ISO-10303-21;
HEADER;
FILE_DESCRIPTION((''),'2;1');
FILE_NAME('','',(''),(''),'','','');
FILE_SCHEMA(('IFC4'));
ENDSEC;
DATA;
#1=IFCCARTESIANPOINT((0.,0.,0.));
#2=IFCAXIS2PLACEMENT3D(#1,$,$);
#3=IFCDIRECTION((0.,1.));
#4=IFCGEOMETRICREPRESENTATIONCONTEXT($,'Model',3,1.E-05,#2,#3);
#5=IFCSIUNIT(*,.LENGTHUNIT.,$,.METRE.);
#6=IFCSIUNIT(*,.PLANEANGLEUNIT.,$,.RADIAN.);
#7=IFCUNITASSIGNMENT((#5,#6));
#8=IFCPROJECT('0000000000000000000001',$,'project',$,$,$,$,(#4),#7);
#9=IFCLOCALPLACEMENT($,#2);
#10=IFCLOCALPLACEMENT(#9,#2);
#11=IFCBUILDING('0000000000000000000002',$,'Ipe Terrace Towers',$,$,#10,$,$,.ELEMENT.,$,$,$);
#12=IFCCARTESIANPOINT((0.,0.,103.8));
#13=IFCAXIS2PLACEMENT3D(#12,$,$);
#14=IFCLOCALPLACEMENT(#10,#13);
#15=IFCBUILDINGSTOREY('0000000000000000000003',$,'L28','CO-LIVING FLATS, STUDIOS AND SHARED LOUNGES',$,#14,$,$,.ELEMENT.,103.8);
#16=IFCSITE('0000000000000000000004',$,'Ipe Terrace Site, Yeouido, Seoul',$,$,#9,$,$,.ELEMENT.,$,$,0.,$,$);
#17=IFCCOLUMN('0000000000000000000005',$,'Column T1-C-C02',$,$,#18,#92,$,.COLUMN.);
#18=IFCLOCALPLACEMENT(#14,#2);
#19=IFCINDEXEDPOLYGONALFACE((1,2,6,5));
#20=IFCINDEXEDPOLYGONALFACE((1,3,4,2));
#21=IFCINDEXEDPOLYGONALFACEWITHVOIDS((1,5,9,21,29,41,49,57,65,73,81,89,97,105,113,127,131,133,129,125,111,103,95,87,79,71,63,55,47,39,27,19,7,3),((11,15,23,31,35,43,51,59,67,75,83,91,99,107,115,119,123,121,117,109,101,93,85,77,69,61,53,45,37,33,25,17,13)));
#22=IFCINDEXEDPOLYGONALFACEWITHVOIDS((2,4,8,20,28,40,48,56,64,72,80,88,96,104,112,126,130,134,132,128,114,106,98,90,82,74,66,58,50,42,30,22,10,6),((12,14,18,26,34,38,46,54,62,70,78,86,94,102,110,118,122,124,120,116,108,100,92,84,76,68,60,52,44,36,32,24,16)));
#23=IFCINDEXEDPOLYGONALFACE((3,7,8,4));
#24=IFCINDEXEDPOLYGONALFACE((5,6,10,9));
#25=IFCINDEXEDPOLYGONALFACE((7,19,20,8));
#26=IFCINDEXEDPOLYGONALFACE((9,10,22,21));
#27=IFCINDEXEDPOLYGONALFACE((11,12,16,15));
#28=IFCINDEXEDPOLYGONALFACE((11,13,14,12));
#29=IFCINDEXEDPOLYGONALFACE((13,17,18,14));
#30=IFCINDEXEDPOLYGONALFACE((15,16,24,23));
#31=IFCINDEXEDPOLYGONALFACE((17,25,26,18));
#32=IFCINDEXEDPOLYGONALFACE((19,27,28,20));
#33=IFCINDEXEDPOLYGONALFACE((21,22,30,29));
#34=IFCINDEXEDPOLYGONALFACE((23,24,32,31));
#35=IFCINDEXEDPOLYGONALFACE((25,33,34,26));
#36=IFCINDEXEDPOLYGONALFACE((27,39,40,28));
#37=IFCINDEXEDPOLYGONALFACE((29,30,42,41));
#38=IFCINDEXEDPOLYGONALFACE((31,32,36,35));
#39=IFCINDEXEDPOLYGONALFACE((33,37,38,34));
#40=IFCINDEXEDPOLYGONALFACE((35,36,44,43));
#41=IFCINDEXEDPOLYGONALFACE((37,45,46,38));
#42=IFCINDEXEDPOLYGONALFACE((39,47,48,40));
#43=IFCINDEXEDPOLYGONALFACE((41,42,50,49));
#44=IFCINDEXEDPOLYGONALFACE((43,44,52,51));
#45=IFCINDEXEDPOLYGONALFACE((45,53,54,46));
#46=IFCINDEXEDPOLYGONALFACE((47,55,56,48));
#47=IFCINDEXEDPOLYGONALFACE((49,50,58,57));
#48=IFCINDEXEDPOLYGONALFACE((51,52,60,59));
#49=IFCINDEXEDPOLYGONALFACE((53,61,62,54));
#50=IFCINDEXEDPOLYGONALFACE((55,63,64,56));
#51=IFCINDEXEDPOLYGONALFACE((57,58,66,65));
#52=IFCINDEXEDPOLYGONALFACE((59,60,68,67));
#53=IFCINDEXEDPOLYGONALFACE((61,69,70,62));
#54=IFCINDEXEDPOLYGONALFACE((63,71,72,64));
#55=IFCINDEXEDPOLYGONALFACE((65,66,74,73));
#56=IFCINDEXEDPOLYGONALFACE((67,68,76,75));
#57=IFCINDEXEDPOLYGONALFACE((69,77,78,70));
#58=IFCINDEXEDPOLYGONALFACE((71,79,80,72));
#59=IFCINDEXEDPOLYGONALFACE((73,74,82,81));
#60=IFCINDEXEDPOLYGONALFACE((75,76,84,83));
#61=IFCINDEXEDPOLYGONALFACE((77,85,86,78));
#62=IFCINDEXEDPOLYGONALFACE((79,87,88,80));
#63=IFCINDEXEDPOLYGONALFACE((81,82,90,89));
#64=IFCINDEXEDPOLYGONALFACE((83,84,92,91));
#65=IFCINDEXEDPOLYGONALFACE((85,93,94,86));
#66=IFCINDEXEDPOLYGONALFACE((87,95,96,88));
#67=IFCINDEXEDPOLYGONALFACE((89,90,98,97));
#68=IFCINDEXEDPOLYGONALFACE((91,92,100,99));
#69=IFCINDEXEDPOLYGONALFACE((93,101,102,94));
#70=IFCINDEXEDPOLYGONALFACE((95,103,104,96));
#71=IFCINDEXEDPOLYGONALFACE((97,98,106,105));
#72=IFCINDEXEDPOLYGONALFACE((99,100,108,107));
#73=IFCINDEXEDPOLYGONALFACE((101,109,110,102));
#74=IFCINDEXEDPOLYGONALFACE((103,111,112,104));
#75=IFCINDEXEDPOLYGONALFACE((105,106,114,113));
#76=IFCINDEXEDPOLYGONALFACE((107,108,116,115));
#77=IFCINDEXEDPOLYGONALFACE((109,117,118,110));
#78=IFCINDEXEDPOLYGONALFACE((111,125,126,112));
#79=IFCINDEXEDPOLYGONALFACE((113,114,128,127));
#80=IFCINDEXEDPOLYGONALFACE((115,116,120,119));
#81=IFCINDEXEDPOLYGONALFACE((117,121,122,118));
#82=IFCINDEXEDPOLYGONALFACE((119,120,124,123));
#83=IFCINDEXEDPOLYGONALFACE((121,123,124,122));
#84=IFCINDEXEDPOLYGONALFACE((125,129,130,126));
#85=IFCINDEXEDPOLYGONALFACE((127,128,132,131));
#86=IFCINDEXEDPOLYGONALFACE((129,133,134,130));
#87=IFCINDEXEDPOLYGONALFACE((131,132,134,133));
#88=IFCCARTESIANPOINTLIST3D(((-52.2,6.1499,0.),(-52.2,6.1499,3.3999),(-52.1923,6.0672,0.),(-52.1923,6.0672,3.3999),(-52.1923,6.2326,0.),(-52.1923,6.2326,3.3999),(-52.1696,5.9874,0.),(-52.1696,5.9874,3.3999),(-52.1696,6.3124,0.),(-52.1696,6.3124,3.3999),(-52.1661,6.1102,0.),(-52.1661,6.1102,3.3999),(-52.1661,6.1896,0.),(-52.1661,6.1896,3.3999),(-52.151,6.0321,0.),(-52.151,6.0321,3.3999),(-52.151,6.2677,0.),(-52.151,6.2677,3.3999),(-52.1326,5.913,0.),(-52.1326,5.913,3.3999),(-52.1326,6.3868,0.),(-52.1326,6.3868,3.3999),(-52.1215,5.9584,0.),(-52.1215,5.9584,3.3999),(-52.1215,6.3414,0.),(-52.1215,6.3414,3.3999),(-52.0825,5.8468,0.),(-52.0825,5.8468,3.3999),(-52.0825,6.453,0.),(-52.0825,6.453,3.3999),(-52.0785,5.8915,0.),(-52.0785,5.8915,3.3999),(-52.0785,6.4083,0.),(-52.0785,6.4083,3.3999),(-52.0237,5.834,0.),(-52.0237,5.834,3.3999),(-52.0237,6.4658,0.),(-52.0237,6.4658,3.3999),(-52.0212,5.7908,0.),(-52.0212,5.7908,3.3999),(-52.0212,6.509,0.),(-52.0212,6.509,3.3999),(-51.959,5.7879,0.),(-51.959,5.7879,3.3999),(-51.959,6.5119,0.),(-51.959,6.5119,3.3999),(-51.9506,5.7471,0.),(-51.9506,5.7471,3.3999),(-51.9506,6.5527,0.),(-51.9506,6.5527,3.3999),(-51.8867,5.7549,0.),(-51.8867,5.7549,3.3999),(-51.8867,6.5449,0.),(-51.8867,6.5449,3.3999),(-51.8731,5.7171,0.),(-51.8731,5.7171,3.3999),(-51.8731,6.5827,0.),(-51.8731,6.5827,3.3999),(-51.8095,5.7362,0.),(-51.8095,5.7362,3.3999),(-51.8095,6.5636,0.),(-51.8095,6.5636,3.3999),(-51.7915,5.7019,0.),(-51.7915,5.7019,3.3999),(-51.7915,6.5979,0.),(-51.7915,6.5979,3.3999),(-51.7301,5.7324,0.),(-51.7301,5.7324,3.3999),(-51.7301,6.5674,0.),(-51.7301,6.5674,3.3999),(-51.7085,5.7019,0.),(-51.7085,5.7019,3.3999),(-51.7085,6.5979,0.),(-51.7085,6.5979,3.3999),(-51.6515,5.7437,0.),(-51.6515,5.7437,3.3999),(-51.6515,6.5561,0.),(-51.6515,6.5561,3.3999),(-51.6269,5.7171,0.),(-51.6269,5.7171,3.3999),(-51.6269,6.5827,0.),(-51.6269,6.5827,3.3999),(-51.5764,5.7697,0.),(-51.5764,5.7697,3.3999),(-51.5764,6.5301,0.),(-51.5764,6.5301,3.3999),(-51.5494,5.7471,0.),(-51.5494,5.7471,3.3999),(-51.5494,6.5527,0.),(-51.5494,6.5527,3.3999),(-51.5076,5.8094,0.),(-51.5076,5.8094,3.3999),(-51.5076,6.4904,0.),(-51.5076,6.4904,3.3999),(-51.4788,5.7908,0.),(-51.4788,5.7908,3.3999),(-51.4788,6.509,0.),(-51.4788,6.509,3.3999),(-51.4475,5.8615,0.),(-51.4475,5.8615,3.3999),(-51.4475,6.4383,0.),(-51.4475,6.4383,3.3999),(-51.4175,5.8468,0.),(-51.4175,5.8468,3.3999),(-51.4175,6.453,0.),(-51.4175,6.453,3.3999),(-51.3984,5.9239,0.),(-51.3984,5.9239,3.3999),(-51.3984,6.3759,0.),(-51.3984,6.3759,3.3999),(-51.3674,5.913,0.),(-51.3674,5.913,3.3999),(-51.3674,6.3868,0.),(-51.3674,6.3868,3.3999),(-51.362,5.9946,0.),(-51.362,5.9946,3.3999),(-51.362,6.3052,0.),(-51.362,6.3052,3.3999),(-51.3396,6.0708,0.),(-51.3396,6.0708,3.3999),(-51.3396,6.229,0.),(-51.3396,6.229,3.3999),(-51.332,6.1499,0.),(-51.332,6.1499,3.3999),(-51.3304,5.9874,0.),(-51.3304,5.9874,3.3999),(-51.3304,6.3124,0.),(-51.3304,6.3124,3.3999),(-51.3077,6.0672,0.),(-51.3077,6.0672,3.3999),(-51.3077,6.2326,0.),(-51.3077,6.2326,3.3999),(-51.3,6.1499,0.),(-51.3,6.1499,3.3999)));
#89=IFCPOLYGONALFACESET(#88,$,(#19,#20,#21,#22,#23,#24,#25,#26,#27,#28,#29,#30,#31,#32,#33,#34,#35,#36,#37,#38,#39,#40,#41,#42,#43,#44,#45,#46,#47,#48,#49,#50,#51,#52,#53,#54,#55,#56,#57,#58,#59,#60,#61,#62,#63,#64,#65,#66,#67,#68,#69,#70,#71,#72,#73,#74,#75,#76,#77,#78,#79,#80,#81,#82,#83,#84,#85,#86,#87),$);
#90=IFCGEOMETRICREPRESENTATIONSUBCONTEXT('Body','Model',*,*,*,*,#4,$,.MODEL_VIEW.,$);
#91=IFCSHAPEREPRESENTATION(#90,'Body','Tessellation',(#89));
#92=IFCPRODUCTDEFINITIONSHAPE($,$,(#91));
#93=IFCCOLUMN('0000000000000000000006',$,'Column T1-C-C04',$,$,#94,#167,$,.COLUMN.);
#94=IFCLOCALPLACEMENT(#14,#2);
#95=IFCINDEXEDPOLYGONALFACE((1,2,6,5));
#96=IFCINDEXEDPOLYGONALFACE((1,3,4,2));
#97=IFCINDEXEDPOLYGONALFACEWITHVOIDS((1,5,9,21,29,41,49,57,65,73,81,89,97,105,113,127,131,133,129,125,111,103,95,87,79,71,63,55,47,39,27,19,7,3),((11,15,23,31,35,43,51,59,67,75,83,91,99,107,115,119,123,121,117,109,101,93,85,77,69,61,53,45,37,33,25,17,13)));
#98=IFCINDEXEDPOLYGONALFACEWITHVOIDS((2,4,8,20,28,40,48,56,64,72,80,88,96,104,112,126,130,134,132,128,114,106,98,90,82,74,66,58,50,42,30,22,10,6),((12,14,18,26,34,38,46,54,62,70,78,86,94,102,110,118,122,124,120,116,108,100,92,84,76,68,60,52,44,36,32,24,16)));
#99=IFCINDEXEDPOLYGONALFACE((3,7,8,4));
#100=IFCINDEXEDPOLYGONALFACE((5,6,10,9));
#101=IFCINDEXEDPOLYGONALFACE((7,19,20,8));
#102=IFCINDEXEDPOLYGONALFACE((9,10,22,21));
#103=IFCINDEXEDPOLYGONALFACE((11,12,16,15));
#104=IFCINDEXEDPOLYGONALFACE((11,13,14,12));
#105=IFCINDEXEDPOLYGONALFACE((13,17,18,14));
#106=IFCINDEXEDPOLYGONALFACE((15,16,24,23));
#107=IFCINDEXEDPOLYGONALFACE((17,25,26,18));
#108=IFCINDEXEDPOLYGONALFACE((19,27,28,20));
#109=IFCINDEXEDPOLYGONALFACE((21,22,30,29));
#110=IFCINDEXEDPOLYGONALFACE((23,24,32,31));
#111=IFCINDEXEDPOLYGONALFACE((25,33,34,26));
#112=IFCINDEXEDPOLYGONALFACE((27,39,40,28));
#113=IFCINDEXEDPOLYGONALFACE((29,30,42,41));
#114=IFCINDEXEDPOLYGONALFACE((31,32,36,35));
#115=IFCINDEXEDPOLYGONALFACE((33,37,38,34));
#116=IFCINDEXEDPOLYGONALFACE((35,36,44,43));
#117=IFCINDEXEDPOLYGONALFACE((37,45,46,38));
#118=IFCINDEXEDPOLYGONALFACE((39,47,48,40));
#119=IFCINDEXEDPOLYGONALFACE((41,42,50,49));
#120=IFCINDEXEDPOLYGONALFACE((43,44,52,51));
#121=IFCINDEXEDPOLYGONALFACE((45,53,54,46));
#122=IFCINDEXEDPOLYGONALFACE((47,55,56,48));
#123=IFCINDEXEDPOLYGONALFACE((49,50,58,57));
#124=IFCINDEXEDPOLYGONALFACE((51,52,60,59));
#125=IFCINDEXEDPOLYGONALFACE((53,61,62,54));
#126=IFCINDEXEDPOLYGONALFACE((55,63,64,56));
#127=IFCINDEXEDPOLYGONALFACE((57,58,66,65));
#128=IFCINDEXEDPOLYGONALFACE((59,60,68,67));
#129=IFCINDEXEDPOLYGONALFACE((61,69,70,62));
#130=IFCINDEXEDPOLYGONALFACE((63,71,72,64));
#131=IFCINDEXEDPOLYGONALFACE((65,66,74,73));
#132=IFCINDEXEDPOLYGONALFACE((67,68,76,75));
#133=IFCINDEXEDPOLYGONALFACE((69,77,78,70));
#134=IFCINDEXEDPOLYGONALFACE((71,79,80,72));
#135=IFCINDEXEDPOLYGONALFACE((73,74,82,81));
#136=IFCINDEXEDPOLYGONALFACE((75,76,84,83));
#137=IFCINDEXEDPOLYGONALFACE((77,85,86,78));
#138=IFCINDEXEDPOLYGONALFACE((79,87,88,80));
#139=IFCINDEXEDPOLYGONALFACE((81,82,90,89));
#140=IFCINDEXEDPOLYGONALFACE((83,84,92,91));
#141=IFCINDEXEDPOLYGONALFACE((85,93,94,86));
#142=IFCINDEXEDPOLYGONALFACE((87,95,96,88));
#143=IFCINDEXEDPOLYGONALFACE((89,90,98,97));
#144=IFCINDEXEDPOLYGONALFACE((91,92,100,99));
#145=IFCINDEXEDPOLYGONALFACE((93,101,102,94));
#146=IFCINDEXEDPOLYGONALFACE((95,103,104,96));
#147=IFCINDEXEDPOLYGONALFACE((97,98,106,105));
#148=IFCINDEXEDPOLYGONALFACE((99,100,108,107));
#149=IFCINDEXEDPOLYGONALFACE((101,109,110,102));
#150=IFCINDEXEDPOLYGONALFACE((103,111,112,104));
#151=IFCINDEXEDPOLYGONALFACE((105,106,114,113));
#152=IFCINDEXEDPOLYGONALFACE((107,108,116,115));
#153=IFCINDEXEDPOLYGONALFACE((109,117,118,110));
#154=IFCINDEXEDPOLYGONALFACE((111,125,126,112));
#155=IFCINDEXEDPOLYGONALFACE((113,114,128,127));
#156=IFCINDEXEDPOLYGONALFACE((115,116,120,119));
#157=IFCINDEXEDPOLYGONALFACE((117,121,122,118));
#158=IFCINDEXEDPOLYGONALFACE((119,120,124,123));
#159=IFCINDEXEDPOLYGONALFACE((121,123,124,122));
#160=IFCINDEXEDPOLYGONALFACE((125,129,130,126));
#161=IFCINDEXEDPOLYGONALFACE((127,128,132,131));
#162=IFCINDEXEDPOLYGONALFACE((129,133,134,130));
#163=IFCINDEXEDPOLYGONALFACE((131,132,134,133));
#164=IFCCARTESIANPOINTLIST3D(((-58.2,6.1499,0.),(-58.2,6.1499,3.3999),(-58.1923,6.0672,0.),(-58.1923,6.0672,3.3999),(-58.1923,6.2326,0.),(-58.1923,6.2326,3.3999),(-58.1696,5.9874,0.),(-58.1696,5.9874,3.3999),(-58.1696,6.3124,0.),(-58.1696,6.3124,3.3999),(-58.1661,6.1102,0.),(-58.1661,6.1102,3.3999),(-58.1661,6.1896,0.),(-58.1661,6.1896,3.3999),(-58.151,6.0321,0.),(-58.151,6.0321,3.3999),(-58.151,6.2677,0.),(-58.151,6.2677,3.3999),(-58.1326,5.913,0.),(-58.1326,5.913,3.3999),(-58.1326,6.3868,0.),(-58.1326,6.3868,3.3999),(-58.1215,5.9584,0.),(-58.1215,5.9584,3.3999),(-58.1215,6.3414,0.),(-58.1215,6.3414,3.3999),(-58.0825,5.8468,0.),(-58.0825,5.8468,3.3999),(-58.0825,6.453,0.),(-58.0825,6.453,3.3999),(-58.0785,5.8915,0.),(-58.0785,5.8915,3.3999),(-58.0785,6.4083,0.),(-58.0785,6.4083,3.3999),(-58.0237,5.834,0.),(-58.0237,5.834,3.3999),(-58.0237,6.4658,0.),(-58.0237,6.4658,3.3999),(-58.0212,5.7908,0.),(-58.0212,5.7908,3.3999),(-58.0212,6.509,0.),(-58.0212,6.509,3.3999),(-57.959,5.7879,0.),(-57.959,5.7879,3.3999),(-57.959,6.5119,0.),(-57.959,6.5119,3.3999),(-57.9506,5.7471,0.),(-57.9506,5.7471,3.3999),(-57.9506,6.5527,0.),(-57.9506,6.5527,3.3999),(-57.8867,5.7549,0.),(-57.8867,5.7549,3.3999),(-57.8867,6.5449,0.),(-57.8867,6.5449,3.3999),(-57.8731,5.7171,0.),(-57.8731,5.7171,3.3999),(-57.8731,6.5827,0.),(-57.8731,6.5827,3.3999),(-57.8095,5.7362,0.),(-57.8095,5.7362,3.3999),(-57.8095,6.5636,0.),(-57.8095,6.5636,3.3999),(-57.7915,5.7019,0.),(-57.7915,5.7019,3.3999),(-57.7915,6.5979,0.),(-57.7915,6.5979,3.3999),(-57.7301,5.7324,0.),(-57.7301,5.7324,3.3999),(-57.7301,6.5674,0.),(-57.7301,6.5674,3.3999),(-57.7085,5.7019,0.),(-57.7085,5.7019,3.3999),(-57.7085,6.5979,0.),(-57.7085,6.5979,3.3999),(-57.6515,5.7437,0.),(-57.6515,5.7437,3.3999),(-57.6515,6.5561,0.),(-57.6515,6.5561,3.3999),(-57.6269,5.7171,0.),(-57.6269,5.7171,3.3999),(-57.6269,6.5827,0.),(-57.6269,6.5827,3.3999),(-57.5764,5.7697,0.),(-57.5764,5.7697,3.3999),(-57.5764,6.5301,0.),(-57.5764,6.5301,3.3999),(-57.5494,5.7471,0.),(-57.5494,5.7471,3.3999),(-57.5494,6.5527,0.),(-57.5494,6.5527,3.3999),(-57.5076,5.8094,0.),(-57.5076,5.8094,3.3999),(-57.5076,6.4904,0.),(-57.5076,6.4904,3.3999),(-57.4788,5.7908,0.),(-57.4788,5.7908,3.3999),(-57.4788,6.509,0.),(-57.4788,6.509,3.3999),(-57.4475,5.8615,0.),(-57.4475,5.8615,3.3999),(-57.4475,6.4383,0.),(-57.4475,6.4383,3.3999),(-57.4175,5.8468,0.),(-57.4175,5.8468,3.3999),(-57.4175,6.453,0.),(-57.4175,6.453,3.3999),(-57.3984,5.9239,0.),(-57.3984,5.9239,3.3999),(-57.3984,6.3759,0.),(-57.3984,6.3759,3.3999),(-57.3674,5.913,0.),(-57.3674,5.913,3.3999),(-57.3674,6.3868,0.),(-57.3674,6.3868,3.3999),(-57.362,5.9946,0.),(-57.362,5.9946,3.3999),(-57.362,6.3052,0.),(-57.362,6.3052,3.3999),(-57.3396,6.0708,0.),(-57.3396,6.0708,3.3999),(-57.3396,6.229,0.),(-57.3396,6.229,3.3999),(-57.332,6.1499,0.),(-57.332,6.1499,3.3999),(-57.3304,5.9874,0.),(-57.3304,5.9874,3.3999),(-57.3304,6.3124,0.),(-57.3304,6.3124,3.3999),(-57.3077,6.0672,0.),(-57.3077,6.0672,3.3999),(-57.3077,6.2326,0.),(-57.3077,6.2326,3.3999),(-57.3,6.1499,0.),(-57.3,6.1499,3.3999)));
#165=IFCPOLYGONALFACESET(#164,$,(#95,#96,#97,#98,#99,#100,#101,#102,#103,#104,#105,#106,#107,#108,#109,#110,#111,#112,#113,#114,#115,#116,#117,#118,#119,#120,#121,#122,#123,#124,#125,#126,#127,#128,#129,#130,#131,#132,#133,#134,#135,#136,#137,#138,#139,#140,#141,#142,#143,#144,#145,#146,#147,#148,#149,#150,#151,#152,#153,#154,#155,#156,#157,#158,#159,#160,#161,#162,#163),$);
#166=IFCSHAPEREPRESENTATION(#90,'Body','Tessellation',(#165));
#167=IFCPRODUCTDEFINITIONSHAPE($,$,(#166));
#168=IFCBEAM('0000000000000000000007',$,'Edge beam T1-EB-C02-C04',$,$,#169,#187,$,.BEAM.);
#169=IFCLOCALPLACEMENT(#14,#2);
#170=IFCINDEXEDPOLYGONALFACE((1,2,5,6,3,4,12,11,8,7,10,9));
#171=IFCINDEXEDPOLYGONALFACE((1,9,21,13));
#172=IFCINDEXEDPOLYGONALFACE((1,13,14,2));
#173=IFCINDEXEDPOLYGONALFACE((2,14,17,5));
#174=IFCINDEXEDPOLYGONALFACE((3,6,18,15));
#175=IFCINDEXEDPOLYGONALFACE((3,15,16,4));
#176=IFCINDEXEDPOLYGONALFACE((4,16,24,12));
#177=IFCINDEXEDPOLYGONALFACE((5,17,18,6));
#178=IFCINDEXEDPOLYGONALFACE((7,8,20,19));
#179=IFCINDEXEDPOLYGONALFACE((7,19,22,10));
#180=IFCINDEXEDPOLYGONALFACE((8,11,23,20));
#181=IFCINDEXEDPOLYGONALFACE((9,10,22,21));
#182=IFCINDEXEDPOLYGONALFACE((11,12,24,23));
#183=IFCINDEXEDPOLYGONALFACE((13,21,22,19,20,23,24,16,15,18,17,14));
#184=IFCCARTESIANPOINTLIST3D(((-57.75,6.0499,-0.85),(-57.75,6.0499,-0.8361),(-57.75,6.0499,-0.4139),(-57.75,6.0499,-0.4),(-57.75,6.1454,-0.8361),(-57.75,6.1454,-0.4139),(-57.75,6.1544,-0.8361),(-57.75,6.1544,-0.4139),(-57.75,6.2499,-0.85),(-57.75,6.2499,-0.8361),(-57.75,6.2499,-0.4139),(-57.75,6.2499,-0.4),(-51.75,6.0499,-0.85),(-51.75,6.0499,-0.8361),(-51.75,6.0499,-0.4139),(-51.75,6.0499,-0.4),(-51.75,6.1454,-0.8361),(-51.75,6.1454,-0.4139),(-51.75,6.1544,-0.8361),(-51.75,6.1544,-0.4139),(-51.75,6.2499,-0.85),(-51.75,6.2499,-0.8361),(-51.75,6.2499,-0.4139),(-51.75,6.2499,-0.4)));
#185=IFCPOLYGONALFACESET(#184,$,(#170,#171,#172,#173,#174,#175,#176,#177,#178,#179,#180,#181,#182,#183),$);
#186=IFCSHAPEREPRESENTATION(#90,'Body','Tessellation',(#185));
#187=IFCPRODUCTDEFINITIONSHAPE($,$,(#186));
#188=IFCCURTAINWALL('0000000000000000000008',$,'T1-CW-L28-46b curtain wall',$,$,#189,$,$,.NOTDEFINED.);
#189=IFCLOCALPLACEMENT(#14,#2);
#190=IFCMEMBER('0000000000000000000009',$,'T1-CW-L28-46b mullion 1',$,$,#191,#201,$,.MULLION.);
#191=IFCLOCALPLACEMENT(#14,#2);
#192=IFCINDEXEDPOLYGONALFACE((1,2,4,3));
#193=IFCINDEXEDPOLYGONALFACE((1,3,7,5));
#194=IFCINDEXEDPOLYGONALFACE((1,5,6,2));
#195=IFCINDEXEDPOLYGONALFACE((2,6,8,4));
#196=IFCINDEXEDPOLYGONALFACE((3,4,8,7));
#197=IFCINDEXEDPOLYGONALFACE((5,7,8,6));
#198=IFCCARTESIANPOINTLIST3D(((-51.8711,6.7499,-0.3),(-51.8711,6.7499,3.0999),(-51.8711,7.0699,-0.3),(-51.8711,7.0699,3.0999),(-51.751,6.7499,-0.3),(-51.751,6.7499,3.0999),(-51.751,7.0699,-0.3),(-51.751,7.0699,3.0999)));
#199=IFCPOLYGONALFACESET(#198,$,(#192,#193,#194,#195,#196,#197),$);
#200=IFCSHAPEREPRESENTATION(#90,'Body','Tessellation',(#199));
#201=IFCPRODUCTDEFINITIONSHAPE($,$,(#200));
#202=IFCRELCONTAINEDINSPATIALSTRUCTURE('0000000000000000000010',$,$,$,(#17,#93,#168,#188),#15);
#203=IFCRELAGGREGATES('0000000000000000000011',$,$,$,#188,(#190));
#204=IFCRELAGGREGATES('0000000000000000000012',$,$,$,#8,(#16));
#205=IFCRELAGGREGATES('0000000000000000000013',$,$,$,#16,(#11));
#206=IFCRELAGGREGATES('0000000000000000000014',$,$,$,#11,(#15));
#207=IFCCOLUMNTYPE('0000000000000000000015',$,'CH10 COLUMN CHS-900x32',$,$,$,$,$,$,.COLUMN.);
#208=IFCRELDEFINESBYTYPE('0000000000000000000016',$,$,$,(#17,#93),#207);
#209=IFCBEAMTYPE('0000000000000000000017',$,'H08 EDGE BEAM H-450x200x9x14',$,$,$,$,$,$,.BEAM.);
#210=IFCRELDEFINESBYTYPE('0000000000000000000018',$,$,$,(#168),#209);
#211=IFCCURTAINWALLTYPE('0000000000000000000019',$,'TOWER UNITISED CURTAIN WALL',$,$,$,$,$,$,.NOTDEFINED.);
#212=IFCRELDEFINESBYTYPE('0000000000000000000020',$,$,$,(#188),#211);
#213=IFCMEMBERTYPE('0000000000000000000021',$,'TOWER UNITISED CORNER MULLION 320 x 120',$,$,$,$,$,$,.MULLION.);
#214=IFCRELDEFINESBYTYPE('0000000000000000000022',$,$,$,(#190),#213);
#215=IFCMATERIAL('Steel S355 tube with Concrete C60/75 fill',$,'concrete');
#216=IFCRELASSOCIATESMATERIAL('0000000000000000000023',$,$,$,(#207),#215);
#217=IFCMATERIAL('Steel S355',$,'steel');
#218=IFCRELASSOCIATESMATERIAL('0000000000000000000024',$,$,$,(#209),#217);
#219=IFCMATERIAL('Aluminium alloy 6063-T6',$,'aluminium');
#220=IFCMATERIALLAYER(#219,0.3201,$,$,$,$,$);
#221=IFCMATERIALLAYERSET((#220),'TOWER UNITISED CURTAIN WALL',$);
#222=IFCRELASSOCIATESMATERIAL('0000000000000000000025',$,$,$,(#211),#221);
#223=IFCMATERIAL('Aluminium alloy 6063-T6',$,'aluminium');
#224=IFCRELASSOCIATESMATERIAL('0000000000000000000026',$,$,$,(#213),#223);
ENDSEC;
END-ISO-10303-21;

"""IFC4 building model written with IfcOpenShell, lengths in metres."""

from ifc_helpers import new_model, si_unit, direction, frame, origin, origin_2d, place, context, subcontext, project, spatial, rectangle, hollow_circle, i_section, extrude, material, layer, layer_set, material_profile, profile_set, type_object, element, aggregate, save


model = new_model("IFC4")

# Units and contexts
model_context = context("Model", 3, precision=1e-05, world=origin(), true_north=direction((0.0, 1.0)))
body_context = subcontext(model_context, "Body", "Model", "MODEL_VIEW")
ifc_project = project(units=[si_unit("LENGTHUNIT", "METRE"), si_unit("PLANEANGLEUNIT", "RADIAN")], contexts=[model_context])

# Site, building, storey
site_placement = place(None, origin())
site = spatial("IfcSite", under=ifc_project, at=site_placement, Name="Ipe Terrace Site, Yeouido, Seoul", CompositionType="ELEMENT", RefElevation=0.0)
building_placement = place(site_placement, origin())
building = spatial("IfcBuilding", under=site, at=building_placement, Name="Ipe Terrace Towers", CompositionType="ELEMENT")
storey_placement = place(building_placement, frame((0.0, 0.0, 103.8)))
storey = spatial("IfcBuildingStorey", under=building, at=storey_placement, Name="L28", Description="CO-LIVING FLATS, STUDIOS AND SHARED LOUNGES", CompositionType="ELEMENT", Elevation=103.8)

# Columns
ifc_material_1 = material(Name="Steel S355 tube with Concrete C60/75 fill", Category="concrete")
ifc_material_profile_1 = material_profile(ifc_material_1, hollow_circle(Radius=0.45, WallThickness=0.032, at=origin_2d()), Name="CHS-900x32")
ifc_profile_set_1 = profile_set([ifc_material_profile_1], Name="Steel S355 tube with Concrete C60/75 fill")
column_type = type_object("IfcColumnType", Name="CH10 COLUMN CHS-900x32", PredefinedType="COLUMN", material=ifc_profile_set_1)
for number, where, z_axis, x_axis, name in (
    (1, (-51.75, 6.1499, 0.0), (0.0, 0.0, 1.0), (1.0, 0.0, 0.0), "Column T1-C-C02"),
    (2, (-57.75, 6.1499, 0.0), (0.0, 0.0, 1.0), (1.0, 0.0, 0.0), "Column T1-C-C04"),
):
    element("IfcColumn", number, at=place(storey_placement, frame(where, z_axis=z_axis, x_axis=x_axis)), inside=storey, type_object=column_type, Name=name, PredefinedType="COLUMN", context=body_context, shape_type="SweptSolid", body=[
        extrude(hollow_circle(Radius=0.45, WallThickness=0.032, at=origin_2d()), origin(), (0.0, 0.0, 1.0), 3.3999),
    ])

# Beam
ifc_material_2 = material(Name="Steel S355", Category="steel")
ifc_material_profile_2 = material_profile(ifc_material_2, i_section(OverallWidth=0.2, OverallDepth=0.45, WebThickness=0.009, FlangeThickness=0.0139, at=origin_2d()), Name="H-450x200x9x14")
ifc_profile_set_2 = profile_set([ifc_material_profile_2], Name="Steel S355")
beam_type = type_object("IfcBeamType", Name="H08 EDGE BEAM H-450x200x9x14", PredefinedType="BEAM", material=ifc_profile_set_2)
beam_placement = place(storey_placement, frame((-51.75, 6.1499, -0.625), z_axis=(-1.0, 0.0, 0.0), x_axis=(0.0, -1.0, 0.0)))
element("IfcBeam", 3, at=beam_placement, inside=storey, type_object=beam_type, Name="Edge beam T1-EB-C02-C04", PredefinedType="BEAM", context=body_context, shape_type="SweptSolid", body=[
    extrude(i_section(OverallWidth=0.2, OverallDepth=0.45, WebThickness=0.009, FlangeThickness=0.0139, at=origin_2d()), origin(), (0.0, 0.0, 1.0), 6.0),
])

# Curtain wall, member
ifc_material_3 = material(Name="Aluminium alloy 6063-T6", Category="aluminium")
ifc_layer_1 = layer(ifc_material_3, 0.3201)
ifc_layer_set_1 = layer_set([ifc_layer_1], Name="TOWER UNITISED CURTAIN WALL")
curtain_wall_type = type_object("IfcCurtainWallType", Name="TOWER UNITISED CURTAIN WALL", PredefinedType="NOTDEFINED", material=ifc_layer_set_1)
curtain_wall_1_placement = place(storey_placement, origin())
curtain_wall_1 = element("IfcCurtainWall", 4, at=curtain_wall_1_placement, inside=storey, type_object=curtain_wall_type, Name="T1-CW-L28-46b curtain wall", PredefinedType="NOTDEFINED")
ifc_material_4 = material(Name="Aluminium alloy 6063-T6", Category="aluminium")
ifc_material_profile_3 = material_profile(ifc_material_4, rectangle(XDim=0.3201, YDim=0.1201, at=origin_2d()), Name="TOWER UNITISED CORNER MULLION 320 x 120")
ifc_profile_set_3 = profile_set([ifc_material_profile_3], Name="Aluminium alloy 6063-T6")
member_type_1 = type_object("IfcMemberType", Name="TOWER UNITISED CORNER MULLION 320 x 120", PredefinedType="MULLION", material=ifc_profile_set_3)
member_1_placement = place(storey_placement, frame((-51.811, 6.9099, -0.3), z_axis=(0.0, 0.0, 1.0), x_axis=(0.0, 1.0, 0.0)))
member_1 = element("IfcMember", 5, at=member_1_placement, type_object=member_type_1, Name="T1-CW-L28-46b mullion 1", PredefinedType="MULLION", context=body_context, shape_type="SweptSolid", body=[
    extrude(rectangle(XDim=0.3201, YDim=0.1201, at=origin_2d()), origin(), (0.0, 0.0, 1.0), 3.3999),
])

aggregate(curtain_wall_1, [member_1])

save(model, "model.ifc")
